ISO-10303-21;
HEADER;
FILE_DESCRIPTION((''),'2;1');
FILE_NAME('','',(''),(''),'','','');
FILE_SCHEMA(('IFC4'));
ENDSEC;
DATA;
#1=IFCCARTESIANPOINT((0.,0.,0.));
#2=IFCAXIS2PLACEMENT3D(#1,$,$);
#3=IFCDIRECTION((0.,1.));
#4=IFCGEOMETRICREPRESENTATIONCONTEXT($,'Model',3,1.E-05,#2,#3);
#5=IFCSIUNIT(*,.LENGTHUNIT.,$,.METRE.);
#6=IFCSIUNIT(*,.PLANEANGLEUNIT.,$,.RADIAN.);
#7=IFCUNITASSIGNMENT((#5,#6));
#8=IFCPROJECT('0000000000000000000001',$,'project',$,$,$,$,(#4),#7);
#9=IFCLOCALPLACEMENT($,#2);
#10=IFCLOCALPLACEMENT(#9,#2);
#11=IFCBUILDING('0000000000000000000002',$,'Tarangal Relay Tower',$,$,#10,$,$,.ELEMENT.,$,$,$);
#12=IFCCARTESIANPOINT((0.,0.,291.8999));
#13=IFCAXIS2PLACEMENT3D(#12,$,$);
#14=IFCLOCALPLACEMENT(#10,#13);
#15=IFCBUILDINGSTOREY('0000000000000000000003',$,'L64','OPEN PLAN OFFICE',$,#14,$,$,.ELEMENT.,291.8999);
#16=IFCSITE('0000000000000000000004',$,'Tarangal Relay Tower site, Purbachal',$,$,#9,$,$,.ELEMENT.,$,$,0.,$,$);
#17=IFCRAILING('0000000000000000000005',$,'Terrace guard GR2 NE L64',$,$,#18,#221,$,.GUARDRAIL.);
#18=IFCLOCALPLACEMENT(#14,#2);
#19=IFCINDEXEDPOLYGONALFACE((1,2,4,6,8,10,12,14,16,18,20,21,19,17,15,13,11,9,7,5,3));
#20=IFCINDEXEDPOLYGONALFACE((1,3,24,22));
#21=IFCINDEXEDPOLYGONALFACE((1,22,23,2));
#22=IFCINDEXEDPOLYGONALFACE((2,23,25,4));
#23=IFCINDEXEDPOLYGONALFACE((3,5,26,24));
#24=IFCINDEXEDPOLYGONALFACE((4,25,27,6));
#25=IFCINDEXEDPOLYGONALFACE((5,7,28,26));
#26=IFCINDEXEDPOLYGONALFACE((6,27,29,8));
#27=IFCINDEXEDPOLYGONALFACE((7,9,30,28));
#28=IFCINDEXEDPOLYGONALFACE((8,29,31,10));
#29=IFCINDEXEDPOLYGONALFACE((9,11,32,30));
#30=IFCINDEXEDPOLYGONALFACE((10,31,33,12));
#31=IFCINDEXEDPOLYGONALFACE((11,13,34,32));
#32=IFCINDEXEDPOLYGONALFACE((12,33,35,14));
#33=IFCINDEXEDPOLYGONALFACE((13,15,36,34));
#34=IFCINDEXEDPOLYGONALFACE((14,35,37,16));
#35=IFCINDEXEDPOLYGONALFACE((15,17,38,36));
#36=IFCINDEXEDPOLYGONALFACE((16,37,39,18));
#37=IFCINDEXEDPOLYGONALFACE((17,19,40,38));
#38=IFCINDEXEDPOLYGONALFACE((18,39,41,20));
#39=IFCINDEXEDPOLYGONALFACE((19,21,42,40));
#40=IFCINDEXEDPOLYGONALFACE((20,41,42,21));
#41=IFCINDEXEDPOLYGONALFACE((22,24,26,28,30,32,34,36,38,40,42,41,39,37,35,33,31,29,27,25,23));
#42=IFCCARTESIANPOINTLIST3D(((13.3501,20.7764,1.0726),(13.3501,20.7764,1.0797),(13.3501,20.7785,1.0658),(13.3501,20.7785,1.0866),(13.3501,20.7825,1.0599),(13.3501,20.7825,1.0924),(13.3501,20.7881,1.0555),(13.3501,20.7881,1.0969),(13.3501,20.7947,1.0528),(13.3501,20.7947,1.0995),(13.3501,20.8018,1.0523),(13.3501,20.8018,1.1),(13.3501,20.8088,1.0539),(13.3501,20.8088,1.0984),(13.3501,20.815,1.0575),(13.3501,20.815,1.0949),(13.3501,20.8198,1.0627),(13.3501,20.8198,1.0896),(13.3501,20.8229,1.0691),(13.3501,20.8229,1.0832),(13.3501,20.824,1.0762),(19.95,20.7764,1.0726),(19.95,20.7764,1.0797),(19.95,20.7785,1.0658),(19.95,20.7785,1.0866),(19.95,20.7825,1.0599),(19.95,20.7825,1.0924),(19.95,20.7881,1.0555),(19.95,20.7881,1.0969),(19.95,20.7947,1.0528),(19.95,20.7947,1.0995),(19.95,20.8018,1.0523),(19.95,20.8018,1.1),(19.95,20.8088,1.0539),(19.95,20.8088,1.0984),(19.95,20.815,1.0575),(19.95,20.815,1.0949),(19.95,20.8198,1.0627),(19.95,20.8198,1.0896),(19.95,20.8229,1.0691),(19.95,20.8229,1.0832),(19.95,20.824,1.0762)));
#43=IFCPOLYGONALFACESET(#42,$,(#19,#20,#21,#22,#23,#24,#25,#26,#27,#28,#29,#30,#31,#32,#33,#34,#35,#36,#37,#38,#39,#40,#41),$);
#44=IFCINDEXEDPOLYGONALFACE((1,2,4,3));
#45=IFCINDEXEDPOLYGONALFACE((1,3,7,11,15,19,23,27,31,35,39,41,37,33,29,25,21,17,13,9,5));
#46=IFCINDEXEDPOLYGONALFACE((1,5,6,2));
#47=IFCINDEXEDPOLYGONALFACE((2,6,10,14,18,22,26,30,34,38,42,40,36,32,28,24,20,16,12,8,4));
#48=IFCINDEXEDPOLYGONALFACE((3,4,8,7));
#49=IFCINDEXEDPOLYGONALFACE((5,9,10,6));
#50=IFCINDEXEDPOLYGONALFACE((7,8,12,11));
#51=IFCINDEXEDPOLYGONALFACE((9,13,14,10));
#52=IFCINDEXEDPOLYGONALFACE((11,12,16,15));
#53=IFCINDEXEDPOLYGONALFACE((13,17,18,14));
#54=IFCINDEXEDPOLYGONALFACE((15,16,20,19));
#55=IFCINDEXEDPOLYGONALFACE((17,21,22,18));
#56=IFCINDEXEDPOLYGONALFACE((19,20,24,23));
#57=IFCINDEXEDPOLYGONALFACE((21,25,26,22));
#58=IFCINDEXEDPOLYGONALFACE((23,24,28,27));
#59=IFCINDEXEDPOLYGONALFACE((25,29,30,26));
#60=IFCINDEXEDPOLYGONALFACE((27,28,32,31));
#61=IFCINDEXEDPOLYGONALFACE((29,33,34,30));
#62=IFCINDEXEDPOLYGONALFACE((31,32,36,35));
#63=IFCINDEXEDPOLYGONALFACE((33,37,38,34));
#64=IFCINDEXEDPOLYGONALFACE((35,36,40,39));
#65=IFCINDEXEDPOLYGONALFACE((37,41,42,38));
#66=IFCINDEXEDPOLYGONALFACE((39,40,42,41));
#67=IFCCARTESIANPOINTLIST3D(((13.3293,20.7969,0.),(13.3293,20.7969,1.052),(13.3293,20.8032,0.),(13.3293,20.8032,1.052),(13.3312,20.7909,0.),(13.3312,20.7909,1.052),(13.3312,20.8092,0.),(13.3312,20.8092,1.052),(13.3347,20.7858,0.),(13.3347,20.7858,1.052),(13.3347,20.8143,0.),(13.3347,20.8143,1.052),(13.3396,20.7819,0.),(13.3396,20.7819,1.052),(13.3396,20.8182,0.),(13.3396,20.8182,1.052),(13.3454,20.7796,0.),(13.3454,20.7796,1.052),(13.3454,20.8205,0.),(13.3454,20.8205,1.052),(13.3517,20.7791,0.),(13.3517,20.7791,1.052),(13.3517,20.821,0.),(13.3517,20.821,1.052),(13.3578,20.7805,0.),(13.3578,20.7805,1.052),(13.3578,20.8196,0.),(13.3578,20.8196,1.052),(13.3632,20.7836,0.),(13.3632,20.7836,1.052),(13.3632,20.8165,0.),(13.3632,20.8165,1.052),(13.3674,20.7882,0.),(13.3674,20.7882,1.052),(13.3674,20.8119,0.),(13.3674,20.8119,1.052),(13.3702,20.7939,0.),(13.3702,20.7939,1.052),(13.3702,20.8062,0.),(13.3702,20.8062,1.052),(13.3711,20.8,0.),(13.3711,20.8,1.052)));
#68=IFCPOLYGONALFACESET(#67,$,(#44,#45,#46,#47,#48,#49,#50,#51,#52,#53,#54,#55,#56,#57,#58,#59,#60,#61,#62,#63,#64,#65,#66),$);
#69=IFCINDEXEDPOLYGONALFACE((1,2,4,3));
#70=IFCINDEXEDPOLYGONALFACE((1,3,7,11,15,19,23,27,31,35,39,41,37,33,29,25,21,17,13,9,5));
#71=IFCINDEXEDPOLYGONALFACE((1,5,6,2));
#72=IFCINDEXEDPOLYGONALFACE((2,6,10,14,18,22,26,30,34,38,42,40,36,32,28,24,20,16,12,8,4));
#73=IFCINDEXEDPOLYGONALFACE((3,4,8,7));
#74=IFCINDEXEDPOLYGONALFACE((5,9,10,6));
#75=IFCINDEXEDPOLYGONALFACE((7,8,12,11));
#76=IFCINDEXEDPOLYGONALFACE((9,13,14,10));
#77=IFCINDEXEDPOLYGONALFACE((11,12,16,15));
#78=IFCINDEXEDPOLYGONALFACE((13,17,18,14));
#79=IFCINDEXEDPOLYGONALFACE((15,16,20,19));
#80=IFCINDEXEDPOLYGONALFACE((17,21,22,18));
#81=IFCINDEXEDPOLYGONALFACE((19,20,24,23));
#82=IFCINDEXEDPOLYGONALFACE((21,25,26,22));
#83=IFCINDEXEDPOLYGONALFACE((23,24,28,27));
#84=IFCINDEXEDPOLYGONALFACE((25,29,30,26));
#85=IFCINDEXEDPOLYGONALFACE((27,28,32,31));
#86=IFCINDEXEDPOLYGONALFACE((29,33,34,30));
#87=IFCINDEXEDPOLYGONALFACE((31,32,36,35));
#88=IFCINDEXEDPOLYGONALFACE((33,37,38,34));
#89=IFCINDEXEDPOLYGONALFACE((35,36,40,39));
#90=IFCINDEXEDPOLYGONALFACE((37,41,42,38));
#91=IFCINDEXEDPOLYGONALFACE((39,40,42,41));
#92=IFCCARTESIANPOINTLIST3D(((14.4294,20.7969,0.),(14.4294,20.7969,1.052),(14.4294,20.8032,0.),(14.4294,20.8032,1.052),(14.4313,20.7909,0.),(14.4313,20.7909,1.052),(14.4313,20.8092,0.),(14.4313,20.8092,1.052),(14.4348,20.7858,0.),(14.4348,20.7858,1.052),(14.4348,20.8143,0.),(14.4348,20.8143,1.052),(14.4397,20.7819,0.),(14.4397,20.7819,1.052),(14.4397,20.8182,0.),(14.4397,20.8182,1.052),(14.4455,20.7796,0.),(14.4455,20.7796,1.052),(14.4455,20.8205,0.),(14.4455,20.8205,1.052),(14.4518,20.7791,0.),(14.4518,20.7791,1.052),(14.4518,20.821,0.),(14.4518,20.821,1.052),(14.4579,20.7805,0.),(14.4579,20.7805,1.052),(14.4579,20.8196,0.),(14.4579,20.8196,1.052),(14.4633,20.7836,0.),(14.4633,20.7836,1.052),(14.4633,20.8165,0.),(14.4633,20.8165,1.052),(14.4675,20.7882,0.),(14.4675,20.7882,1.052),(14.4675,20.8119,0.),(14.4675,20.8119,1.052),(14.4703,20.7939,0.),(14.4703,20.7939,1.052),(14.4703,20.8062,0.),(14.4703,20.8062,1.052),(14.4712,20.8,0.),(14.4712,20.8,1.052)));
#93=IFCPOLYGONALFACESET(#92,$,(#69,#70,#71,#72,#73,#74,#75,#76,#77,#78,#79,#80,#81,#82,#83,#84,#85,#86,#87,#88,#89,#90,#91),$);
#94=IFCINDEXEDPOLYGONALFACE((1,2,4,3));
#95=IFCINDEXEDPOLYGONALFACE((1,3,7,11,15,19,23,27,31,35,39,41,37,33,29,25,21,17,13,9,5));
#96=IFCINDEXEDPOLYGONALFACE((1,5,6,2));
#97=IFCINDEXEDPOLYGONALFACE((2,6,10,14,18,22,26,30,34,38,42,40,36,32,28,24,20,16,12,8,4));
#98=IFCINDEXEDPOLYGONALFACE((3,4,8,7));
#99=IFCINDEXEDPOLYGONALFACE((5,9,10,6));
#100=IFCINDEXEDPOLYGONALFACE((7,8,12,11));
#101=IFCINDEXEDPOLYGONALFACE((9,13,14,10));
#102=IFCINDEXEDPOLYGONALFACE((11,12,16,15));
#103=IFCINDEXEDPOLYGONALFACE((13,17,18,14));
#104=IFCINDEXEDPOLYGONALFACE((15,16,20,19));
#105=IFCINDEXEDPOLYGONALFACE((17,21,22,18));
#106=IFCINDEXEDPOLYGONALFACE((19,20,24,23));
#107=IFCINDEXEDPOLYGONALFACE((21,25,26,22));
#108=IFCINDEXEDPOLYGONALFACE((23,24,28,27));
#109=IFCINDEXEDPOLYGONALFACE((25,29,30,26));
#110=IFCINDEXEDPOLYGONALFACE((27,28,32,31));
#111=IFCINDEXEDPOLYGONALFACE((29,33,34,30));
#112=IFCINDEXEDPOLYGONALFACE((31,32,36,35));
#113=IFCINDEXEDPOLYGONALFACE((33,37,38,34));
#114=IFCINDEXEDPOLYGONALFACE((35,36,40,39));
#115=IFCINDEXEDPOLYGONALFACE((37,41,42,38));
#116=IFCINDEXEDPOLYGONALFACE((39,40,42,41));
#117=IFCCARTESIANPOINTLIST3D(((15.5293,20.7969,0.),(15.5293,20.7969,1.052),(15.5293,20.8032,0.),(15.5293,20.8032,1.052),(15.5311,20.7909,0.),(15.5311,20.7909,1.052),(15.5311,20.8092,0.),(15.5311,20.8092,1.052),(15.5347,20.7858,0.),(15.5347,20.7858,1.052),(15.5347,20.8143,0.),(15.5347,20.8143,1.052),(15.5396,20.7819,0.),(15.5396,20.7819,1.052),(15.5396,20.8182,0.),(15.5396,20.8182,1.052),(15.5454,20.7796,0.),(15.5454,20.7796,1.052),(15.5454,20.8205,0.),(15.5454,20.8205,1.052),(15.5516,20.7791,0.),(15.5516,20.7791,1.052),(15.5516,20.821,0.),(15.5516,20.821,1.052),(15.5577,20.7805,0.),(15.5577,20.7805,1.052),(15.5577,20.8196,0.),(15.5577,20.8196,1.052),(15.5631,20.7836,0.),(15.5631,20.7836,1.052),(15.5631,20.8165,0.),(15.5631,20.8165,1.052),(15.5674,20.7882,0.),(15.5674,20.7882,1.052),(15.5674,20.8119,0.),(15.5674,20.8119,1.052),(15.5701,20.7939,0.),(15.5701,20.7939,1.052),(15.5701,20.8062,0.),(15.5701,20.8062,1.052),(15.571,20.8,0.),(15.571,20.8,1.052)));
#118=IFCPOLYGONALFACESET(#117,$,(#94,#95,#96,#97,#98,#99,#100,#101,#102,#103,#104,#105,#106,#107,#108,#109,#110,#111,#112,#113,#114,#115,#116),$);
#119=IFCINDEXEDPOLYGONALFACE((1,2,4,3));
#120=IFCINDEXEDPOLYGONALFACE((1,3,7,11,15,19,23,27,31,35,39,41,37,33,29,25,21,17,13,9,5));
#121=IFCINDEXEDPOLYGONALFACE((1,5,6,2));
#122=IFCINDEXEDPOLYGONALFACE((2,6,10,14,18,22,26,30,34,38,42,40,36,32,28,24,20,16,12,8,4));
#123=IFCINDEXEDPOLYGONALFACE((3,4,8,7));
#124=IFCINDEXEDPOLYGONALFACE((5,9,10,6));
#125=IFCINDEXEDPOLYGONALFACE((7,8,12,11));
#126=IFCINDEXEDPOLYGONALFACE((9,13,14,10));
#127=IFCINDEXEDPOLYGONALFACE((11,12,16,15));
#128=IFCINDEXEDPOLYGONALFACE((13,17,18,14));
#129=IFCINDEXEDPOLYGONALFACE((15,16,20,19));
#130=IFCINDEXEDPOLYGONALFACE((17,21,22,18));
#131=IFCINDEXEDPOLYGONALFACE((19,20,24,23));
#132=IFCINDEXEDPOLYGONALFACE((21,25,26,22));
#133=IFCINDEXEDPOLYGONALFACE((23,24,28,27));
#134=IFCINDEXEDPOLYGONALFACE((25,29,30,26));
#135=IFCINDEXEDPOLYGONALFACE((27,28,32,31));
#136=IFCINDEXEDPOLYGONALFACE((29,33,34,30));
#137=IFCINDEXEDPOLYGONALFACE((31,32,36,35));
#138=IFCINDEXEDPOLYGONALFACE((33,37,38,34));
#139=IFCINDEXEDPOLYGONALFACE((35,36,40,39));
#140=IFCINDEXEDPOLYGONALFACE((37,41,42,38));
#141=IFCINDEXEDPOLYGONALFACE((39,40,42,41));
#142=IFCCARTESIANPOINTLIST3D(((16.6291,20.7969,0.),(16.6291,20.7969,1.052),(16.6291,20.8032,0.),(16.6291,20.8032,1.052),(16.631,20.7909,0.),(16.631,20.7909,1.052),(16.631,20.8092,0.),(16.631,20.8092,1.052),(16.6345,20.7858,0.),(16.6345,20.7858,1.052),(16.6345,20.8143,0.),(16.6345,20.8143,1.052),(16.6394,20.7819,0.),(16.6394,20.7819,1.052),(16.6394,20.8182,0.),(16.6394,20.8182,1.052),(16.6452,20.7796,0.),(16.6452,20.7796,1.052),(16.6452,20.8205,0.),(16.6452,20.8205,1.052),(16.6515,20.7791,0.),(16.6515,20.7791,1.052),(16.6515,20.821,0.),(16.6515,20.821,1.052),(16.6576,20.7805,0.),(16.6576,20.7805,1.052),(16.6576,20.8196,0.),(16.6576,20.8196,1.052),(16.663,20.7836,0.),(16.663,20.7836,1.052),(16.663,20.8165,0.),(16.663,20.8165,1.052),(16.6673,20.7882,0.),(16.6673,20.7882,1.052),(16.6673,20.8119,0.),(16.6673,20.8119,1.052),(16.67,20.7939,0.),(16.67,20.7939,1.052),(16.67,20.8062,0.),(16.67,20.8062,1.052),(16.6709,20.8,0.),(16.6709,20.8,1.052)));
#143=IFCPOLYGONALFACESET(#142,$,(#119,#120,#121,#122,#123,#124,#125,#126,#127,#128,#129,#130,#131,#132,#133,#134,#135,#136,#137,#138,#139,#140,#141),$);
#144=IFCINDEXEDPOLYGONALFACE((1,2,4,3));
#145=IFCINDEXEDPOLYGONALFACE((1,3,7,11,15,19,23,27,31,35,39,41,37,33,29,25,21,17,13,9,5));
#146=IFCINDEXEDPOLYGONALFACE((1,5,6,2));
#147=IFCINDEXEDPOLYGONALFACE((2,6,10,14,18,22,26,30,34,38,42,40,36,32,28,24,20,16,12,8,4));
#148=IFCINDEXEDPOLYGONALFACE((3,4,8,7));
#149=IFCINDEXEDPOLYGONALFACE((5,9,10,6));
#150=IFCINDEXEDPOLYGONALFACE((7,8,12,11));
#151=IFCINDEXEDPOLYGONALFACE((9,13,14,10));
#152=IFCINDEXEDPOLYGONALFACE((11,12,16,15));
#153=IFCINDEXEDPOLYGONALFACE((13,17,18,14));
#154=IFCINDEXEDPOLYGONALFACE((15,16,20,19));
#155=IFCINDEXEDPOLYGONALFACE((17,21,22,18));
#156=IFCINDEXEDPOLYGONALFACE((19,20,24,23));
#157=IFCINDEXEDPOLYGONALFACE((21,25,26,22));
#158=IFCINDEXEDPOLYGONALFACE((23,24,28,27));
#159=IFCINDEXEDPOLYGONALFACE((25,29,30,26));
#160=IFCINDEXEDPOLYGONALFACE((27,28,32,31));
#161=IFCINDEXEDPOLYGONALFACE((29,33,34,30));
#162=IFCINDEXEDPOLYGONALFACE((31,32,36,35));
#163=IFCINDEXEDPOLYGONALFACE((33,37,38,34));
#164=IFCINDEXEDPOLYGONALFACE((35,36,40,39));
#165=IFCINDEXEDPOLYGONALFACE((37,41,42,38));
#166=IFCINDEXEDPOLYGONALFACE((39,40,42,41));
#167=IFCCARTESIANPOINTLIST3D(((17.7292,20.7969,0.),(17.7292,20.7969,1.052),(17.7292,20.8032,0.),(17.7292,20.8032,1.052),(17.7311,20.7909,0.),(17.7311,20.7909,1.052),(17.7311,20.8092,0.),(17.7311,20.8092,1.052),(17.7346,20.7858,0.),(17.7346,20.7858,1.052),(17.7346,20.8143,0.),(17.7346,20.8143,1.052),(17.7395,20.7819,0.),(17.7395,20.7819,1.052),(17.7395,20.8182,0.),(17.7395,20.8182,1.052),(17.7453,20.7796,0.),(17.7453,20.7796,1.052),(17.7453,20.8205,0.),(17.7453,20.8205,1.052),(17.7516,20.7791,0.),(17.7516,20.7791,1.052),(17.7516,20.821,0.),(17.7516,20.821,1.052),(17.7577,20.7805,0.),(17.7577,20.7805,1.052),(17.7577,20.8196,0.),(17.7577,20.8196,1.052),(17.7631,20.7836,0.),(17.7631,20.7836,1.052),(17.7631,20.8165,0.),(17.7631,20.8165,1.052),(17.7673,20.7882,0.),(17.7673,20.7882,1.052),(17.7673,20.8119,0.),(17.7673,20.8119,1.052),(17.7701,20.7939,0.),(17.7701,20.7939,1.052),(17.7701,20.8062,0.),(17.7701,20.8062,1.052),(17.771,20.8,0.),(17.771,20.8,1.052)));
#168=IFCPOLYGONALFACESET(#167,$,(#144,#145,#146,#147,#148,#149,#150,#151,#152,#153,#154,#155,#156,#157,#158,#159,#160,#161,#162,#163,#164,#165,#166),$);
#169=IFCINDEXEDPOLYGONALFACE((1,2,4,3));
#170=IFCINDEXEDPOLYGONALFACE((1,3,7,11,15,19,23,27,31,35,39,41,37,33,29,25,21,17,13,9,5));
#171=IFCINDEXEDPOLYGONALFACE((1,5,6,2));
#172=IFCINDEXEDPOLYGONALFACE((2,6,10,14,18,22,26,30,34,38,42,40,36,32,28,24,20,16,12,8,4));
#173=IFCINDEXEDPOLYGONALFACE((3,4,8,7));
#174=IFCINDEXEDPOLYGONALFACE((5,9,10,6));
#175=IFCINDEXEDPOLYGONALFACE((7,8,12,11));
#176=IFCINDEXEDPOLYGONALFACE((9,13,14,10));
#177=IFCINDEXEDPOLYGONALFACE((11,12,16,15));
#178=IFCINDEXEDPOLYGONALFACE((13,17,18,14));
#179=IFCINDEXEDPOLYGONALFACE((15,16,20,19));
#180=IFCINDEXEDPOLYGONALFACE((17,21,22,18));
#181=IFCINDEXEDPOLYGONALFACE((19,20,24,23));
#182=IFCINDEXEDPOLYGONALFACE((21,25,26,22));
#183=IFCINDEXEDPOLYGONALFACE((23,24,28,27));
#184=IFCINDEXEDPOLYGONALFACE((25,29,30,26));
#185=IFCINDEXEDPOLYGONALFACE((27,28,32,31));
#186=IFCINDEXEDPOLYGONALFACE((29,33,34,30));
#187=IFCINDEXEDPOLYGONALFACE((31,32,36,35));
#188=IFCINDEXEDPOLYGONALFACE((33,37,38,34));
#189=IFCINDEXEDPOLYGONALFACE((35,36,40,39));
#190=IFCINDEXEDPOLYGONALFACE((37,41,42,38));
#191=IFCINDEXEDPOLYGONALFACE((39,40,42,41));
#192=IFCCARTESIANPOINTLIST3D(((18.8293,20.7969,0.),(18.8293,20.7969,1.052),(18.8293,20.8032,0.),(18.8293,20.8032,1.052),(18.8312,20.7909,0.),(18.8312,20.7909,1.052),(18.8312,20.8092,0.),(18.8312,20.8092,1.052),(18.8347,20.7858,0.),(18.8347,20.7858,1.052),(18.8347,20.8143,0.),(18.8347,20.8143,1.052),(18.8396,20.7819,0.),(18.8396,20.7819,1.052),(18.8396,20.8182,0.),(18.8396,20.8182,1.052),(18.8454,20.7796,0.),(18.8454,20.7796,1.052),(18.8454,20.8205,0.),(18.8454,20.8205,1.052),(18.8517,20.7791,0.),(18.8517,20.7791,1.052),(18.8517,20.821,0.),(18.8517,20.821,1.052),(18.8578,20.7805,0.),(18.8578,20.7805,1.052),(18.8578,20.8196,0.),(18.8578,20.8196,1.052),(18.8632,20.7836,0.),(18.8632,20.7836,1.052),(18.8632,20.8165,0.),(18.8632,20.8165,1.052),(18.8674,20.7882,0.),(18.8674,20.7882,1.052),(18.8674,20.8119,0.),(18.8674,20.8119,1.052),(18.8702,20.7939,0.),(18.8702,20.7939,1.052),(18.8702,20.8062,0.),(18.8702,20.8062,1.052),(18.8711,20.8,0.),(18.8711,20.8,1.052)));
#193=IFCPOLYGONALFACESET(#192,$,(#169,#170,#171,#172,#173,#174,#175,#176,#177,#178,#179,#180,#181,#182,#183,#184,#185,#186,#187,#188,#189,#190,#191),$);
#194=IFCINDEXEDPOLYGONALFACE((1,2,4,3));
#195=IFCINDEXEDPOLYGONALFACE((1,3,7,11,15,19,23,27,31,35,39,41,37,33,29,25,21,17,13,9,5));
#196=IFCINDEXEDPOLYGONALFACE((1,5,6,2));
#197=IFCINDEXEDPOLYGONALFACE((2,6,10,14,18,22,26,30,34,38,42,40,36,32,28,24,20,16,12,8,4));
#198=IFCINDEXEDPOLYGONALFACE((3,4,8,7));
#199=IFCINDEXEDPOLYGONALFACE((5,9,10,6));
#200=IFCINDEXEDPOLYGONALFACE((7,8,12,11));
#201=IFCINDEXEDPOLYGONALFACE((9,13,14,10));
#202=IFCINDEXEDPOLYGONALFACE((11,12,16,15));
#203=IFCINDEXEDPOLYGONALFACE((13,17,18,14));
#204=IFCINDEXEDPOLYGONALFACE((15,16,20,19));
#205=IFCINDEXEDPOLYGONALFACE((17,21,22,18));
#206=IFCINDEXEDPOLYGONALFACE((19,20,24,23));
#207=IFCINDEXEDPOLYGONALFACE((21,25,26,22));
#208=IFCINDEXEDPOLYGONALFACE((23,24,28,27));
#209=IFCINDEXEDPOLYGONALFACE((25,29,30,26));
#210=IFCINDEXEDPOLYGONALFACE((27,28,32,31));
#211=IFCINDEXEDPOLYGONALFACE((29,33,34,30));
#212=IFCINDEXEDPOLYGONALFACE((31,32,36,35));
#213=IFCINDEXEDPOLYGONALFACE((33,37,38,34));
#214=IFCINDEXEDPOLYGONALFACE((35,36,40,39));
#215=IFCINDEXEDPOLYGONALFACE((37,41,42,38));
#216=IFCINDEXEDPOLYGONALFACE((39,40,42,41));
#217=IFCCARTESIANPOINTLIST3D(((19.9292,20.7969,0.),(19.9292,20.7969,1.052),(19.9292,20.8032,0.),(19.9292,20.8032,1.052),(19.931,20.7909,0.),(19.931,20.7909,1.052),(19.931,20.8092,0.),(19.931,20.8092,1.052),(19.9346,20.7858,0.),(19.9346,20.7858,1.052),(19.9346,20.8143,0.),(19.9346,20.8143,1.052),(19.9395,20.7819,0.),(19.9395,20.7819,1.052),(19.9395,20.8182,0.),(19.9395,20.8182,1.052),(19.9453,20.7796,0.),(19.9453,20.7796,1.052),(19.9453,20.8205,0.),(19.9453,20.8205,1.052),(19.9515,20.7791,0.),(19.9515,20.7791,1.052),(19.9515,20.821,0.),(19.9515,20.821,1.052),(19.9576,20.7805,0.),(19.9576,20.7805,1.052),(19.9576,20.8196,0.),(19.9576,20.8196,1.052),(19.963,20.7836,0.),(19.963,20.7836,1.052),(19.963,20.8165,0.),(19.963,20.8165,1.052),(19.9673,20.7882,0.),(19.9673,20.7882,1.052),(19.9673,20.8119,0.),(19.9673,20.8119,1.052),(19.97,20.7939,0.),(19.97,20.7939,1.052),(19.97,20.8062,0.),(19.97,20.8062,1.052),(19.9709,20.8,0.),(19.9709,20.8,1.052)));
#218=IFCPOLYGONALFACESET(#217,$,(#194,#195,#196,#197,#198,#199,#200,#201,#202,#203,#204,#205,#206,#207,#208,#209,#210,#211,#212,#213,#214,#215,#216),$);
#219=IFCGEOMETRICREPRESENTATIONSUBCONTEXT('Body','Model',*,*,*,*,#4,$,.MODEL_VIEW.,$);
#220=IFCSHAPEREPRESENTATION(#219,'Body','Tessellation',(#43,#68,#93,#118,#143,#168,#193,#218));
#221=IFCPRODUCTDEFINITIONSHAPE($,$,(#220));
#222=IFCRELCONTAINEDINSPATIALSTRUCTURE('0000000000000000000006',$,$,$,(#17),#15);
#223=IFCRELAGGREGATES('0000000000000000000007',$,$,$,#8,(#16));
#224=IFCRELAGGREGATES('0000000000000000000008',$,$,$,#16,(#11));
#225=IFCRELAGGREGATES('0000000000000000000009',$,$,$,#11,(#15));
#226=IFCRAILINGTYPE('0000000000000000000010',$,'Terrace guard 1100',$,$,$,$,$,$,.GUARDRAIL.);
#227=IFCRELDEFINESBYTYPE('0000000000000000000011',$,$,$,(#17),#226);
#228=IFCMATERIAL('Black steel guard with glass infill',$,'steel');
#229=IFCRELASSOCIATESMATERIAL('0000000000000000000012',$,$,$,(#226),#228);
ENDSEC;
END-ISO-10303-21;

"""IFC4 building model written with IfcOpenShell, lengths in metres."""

from ifc_helpers import new_model, si_unit, direction, frame, origin, origin_2d, place, context, subcontext, project, spatial, circle, extrude, material, type_object, element, save


model = new_model("IFC4")

# Units and contexts
model_context = context("Model", 3, precision=1e-05, world=origin(), true_north=direction((0.0, 1.0)))
body_context = subcontext(model_context, "Body", "Model", "MODEL_VIEW")
ifc_project = project(units=[si_unit("LENGTHUNIT", "METRE"), si_unit("PLANEANGLEUNIT", "RADIAN")], contexts=[model_context])

# Site, building, storey
site_placement = place(None, origin())
site = spatial("IfcSite", under=ifc_project, at=site_placement, Name="Tarangal Relay Tower site, Purbachal", CompositionType="ELEMENT", RefElevation=0.0)
building_placement = place(site_placement, origin())
building = spatial("IfcBuilding", under=site, at=building_placement, Name="Tarangal Relay Tower", CompositionType="ELEMENT")
storey_placement = place(building_placement, frame((0.0, 0.0, 291.8999)))
storey = spatial("IfcBuildingStorey", under=building, at=storey_placement, Name="L64", Description="OPEN PLAN OFFICE", CompositionType="ELEMENT", Elevation=291.8999)

# Railing
ifc_material_1 = material(Name="Black steel guard with glass infill", Category="steel")
railing_type = type_object("IfcRailingType", Name="Terrace guard 1100", PredefinedType="GUARDRAIL", material=ifc_material_1)
railing_1_placement = place(storey_placement, frame((13.3501, 20.8, 0.0)))
element("IfcRailing", 1, at=railing_1_placement, inside=storey, type_object=railing_type, Name="Terrace guard GR2 NE L64", PredefinedType="GUARDRAIL", context=body_context, shape_type="SweptSolid", body=[
    extrude(circle(Radius=0.0239, at=origin_2d()), frame((0.0, 0.0, 1.0762), z_axis=(1.0, 0.0, 0.0), x_axis=(0.0, 1.0, 0.0)), (0.0, 0.0, 1.0), 6.5999),
    extrude(circle(Radius=0.021, at=origin_2d()), origin(), (0.0, 0.0, 1.0), 1.052),
    extrude(circle(Radius=0.021, at=origin_2d()), frame((1.1001, 0.0, 0.0)), (0.0, 0.0, 1.0), 1.052),
    extrude(circle(Radius=0.021, at=origin_2d()), frame((2.2, 0.0, 0.0)), (0.0, 0.0, 1.0), 1.052),
    extrude(circle(Radius=0.021, at=origin_2d()), frame((3.2998, 0.0, 0.0)), (0.0, 0.0, 1.0), 1.052),
    extrude(circle(Radius=0.021, at=origin_2d()), frame((4.3999, 0.0, 0.0)), (0.0, 0.0, 1.0), 1.052),
    extrude(circle(Radius=0.021, at=origin_2d()), frame((5.5, 0.0, 0.0)), (0.0, 0.0, 1.0), 1.052),
    extrude(circle(Radius=0.021, at=origin_2d()), frame((6.5999, 0.0, 0.0)), (0.0, 0.0, 1.0), 1.052),
])

save(model, "model.ifc")
